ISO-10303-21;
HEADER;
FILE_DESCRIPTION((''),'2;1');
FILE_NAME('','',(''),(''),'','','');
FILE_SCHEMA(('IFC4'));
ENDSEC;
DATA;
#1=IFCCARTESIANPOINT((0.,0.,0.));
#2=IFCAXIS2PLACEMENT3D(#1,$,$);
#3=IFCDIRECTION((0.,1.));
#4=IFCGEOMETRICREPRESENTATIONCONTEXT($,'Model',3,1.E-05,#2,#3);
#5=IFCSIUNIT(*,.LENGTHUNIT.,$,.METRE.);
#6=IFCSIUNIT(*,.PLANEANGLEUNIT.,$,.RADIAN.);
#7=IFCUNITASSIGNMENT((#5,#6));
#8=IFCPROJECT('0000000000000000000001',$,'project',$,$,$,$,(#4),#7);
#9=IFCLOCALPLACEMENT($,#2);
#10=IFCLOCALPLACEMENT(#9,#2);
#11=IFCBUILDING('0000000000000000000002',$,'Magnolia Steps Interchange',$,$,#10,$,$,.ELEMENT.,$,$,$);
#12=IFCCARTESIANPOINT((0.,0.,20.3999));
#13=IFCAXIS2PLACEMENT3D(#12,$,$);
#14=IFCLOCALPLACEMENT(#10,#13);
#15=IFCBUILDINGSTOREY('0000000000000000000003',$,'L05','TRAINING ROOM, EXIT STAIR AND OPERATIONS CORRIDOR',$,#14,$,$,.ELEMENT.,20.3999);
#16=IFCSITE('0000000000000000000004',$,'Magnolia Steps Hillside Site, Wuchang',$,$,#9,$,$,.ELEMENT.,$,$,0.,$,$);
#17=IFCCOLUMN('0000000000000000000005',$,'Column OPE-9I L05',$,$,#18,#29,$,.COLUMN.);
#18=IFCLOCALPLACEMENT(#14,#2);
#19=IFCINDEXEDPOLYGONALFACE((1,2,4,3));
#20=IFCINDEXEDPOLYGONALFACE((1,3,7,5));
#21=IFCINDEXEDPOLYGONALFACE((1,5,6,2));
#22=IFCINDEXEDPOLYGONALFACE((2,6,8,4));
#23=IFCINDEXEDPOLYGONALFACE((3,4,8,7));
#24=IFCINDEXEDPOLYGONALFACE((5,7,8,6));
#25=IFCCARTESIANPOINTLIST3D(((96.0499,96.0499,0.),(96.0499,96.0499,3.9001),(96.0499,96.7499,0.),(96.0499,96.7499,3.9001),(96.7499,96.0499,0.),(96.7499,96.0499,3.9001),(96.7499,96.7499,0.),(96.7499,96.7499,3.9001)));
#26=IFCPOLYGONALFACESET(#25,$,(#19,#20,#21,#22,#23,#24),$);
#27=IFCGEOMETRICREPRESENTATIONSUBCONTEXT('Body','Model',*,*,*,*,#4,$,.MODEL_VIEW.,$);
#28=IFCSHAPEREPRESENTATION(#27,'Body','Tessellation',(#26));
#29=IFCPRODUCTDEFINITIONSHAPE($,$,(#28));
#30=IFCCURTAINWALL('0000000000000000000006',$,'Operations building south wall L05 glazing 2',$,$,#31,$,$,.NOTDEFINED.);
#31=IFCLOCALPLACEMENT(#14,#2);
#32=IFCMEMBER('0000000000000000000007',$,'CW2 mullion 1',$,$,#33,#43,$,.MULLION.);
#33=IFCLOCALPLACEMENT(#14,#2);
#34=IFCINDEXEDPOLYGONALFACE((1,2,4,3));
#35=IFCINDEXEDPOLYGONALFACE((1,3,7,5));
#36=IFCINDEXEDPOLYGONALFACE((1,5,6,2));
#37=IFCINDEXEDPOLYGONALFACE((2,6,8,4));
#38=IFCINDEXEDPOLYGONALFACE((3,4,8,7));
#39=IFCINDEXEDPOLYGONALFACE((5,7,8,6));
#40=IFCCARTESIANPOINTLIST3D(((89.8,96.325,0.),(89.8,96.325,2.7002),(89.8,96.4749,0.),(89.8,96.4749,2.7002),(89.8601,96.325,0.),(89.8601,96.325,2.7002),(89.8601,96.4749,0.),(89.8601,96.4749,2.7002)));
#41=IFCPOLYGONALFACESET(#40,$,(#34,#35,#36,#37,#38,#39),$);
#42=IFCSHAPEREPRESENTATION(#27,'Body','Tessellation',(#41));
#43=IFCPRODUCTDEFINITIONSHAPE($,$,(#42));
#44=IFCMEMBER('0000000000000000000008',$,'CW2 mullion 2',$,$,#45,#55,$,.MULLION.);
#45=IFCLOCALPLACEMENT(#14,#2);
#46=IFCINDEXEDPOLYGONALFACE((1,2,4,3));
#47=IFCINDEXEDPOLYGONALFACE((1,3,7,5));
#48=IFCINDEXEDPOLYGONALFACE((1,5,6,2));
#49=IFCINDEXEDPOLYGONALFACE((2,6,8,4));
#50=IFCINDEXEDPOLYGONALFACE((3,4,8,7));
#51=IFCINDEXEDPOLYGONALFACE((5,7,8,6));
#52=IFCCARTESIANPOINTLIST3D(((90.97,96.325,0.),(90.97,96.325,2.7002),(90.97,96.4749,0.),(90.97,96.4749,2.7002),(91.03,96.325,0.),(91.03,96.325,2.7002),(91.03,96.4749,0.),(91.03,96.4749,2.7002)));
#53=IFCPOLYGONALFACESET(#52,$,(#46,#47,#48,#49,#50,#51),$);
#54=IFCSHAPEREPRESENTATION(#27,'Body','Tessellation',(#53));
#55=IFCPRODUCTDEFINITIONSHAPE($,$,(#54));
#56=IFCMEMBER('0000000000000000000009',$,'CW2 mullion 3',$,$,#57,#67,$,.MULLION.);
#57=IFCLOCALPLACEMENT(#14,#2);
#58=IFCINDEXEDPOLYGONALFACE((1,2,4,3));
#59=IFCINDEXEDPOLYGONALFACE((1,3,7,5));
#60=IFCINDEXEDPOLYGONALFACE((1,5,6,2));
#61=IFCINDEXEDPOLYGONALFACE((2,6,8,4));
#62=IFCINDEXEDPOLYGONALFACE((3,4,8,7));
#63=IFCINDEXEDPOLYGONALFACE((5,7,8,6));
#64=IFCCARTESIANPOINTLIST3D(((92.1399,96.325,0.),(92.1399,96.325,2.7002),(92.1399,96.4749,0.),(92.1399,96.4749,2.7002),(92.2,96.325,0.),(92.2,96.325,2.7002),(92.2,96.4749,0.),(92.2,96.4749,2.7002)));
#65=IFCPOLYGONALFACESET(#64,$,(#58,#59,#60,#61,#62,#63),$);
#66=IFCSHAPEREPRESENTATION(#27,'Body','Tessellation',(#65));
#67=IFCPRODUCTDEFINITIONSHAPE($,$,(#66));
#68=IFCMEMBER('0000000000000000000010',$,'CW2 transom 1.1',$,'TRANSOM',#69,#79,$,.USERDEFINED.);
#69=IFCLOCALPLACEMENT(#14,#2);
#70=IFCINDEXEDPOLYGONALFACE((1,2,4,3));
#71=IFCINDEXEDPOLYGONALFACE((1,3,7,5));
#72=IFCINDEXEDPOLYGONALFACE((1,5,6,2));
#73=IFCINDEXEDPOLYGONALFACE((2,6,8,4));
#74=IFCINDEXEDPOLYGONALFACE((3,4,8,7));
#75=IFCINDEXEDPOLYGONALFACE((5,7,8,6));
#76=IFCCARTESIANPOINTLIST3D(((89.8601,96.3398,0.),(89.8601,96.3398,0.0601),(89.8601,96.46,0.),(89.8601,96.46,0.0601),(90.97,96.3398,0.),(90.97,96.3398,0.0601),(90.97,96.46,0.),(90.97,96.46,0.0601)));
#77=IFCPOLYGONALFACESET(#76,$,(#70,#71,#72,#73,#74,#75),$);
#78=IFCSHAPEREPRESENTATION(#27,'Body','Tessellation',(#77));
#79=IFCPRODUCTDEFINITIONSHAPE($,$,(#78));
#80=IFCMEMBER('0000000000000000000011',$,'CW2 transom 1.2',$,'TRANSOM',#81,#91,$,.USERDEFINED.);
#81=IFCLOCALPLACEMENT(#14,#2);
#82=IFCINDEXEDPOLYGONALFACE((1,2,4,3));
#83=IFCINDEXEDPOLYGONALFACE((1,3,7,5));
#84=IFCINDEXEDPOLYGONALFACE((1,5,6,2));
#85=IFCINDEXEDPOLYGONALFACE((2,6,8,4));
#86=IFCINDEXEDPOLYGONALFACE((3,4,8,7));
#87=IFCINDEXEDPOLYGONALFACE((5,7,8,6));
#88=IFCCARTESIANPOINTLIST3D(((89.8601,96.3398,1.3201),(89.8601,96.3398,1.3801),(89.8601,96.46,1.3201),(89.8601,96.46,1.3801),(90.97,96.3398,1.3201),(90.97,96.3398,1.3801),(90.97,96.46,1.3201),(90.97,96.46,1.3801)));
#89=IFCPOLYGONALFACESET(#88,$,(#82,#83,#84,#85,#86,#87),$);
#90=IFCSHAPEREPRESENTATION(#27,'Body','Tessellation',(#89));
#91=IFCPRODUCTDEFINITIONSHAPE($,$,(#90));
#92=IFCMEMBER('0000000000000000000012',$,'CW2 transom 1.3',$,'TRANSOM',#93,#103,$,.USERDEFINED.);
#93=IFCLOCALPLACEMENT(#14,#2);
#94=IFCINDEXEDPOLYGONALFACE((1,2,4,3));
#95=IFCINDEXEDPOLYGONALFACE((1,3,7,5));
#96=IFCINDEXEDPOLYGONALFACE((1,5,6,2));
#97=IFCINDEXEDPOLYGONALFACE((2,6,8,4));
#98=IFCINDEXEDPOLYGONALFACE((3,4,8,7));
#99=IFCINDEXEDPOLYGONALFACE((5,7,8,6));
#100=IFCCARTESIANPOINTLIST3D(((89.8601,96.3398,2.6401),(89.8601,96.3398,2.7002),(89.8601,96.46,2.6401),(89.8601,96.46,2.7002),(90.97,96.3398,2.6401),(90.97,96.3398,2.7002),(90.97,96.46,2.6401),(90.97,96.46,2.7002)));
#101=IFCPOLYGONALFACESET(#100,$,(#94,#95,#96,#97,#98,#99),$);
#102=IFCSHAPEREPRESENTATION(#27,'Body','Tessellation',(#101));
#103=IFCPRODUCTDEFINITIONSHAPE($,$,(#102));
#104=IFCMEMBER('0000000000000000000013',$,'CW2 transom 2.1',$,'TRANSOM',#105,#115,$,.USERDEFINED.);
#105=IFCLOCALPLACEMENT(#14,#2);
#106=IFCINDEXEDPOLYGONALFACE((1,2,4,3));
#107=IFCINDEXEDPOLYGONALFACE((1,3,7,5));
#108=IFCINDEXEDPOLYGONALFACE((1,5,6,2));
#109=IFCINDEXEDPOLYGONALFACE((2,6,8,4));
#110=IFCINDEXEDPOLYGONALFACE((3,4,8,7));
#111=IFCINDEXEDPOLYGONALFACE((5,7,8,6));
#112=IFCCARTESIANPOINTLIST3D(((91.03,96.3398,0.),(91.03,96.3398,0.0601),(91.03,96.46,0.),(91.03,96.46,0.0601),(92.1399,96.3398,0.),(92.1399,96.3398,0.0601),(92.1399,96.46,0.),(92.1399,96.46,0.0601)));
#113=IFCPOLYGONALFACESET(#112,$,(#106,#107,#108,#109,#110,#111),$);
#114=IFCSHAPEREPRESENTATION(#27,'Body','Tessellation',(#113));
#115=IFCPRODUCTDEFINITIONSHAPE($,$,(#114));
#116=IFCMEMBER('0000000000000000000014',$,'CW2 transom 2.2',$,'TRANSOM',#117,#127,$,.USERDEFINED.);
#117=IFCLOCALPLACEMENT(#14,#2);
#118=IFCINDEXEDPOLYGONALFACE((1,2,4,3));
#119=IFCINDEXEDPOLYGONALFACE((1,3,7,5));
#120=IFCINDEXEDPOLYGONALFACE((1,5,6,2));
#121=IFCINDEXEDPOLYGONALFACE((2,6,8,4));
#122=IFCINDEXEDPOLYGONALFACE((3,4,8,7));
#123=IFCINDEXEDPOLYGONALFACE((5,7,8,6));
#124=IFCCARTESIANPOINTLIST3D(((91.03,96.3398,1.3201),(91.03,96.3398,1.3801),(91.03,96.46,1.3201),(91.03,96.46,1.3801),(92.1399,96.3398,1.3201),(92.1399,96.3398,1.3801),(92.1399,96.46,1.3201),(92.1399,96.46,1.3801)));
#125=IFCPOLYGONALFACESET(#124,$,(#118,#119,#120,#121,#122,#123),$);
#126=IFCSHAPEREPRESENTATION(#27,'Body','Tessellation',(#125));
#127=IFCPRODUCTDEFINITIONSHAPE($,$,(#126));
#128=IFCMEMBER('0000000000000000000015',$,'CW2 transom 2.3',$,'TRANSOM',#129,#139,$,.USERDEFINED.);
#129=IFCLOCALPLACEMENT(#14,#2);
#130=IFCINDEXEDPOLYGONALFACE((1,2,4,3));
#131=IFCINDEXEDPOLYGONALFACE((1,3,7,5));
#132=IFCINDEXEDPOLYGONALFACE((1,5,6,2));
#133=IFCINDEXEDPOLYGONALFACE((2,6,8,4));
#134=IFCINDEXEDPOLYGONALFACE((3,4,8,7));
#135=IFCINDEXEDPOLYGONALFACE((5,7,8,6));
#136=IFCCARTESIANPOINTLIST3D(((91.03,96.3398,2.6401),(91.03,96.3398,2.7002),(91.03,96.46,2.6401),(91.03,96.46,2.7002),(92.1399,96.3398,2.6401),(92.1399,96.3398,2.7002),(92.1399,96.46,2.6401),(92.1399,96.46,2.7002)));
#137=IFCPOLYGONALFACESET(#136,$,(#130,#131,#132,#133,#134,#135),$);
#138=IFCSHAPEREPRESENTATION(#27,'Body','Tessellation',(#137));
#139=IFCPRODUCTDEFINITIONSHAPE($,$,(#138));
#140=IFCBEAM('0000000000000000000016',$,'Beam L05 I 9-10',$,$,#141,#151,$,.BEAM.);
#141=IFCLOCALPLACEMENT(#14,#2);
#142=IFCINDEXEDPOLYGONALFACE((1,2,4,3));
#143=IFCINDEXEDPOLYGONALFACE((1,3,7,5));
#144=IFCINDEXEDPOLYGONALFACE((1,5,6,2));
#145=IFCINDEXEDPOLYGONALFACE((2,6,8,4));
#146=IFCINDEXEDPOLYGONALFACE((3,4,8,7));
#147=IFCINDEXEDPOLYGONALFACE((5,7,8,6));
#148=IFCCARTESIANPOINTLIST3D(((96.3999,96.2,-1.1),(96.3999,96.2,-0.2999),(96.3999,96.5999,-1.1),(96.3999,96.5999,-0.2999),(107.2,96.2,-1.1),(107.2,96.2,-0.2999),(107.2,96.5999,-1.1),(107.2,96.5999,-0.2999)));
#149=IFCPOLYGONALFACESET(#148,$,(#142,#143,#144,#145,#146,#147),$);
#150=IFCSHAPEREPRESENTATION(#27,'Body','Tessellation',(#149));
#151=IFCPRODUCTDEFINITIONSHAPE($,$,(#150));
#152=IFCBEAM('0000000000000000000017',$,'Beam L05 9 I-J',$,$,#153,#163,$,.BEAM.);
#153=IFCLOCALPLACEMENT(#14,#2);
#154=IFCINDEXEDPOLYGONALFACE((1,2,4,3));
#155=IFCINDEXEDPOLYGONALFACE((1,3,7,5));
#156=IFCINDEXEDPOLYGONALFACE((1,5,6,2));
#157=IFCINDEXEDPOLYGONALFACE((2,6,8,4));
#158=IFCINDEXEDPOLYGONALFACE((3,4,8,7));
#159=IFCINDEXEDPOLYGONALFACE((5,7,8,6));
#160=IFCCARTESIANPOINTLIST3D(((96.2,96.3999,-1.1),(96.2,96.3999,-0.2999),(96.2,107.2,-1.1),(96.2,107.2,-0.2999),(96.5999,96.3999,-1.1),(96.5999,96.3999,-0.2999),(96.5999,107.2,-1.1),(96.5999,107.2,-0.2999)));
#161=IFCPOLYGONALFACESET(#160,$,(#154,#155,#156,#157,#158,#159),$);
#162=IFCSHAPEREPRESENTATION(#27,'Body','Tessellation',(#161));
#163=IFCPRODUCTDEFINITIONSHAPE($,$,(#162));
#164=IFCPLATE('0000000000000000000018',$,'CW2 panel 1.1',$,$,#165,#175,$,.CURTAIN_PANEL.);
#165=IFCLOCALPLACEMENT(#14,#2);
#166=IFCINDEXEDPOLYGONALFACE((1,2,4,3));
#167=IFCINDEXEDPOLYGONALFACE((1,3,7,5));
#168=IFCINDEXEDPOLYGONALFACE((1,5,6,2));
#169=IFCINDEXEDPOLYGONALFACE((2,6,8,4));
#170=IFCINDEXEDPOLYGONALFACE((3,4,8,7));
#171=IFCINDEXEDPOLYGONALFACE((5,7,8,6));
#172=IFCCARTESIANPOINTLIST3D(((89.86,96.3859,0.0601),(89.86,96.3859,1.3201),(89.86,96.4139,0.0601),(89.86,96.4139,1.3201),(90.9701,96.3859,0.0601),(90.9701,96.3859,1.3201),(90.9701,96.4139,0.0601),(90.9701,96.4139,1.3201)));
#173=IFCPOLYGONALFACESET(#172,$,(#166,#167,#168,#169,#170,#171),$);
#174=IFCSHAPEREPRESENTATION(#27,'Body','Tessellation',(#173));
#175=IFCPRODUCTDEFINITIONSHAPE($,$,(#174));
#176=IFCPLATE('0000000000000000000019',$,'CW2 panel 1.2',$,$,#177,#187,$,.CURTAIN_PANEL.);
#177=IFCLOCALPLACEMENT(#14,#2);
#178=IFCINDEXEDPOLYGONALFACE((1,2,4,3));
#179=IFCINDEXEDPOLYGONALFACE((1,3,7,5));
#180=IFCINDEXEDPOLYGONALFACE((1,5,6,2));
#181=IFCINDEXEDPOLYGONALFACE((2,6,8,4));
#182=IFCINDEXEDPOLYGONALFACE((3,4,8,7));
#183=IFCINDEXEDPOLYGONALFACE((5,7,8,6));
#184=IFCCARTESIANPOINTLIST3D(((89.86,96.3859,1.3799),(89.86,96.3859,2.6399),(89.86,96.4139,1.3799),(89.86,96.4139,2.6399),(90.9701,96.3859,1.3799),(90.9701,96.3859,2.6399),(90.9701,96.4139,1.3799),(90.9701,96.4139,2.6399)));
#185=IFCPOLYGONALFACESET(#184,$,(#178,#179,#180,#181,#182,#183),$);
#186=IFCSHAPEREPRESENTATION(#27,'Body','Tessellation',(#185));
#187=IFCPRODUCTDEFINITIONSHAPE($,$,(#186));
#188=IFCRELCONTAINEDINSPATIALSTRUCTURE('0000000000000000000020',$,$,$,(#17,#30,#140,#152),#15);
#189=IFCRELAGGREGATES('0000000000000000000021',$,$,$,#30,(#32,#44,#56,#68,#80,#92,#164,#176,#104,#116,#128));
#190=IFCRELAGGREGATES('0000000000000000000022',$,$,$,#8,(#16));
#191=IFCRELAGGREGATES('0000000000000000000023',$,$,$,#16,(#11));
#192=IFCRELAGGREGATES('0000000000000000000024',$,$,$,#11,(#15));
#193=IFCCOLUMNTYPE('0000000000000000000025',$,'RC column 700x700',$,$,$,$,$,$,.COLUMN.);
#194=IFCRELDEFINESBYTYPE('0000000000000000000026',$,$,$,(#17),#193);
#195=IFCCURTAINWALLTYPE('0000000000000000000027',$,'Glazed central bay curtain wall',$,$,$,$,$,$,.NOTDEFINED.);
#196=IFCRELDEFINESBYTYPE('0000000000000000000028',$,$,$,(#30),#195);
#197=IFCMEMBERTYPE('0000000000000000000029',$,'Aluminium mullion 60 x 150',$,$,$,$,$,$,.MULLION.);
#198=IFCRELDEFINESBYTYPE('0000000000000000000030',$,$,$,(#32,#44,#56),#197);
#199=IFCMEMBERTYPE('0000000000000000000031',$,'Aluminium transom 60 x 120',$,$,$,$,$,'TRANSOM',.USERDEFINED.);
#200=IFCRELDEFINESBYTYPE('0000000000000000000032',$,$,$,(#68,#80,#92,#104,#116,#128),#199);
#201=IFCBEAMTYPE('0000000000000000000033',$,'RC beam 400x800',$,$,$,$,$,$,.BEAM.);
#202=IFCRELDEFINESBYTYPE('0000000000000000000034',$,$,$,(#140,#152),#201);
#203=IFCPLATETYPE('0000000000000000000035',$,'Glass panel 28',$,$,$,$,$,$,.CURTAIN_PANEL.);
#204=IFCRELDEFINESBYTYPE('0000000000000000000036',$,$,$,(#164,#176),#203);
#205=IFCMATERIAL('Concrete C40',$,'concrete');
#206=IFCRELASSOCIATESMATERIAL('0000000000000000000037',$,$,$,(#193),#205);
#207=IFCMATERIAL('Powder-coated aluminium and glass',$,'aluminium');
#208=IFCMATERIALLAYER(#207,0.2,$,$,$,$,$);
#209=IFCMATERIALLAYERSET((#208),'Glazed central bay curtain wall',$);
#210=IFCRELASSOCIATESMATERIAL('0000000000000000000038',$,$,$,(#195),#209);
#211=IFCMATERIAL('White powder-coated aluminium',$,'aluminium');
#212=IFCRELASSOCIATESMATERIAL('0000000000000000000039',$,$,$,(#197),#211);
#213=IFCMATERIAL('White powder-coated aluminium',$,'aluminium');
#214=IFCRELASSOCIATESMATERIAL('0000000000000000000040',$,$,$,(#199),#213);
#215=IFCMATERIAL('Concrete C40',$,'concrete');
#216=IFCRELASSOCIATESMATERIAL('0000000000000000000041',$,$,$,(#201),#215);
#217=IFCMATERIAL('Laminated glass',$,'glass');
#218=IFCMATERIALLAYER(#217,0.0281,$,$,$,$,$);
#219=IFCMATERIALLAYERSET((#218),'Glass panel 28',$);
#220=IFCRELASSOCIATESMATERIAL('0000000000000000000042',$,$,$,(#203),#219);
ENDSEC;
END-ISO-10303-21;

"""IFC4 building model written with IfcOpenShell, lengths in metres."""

from ifc_helpers import new_model, si_unit, direction, frame, origin, origin_2d, place, context, subcontext, project, spatial, rectangle, extrude, material, layer, layer_set, material_profile, profile_set, type_object, element, aggregate, save


model = new_model("IFC4")

# Units and contexts
model_context = context("Model", 3, precision=1e-05, world=origin(), true_north=direction((0.0, 1.0)))
body_context = subcontext(model_context, "Body", "Model", "MODEL_VIEW")
ifc_project = project(units=[si_unit("LENGTHUNIT", "METRE"), si_unit("PLANEANGLEUNIT", "RADIAN")], contexts=[model_context])

# Site, building, storey
site_placement = place(None, origin())
site = spatial("IfcSite", under=ifc_project, at=site_placement, Name="Magnolia Steps Hillside Site, Wuchang", CompositionType="ELEMENT", RefElevation=0.0)
building_placement = place(site_placement, origin())
building = spatial("IfcBuilding", under=site, at=building_placement, Name="Magnolia Steps Interchange", CompositionType="ELEMENT")
storey_placement = place(building_placement, frame((0.0, 0.0, 20.3999)))
storey = spatial("IfcBuildingStorey", under=building, at=storey_placement, Name="L05", Description="TRAINING ROOM, EXIT STAIR AND OPERATIONS CORRIDOR", CompositionType="ELEMENT", Elevation=20.3999)

# Column
ifc_material_1 = material(Name="Concrete C40", Category="concrete")
ifc_material_profile_1 = material_profile(ifc_material_1, rectangle(XDim=0.7, YDim=0.7, at=origin_2d()), Name="RC700x700")
ifc_profile_set_1 = profile_set([ifc_material_profile_1], Name="Concrete C40")
column_type = type_object("IfcColumnType", Name="RC column 700x700", PredefinedType="COLUMN", material=ifc_profile_set_1)
column_placement = place(storey_placement, frame((96.3999, 96.3999, 0.0), z_axis=(0.0, 0.0, 1.0), x_axis=(1.0, 0.0, 0.0)))
element("IfcColumn", 1, at=column_placement, inside=storey, type_object=column_type, Name="Column OPE-9I L05", PredefinedType="COLUMN", context=body_context, shape_type="SweptSolid", body=[
    extrude(rectangle(XDim=0.7, YDim=0.7, at=origin_2d()), origin(), (0.0, 0.0, 1.0), 3.9001),
])

# Curtain wall, members
ifc_material_2 = material(Name="Powder-coated aluminium and glass", Category="aluminium")
ifc_layer_1 = layer(ifc_material_2, 0.2)
ifc_layer_set_1 = layer_set([ifc_layer_1], Name="Glazed central bay curtain wall")
curtain_wall_type = type_object("IfcCurtainWallType", Name="Glazed central bay curtain wall", PredefinedType="NOTDEFINED", material=ifc_layer_set_1)
curtain_wall_placement = place(storey_placement, origin())
curtain_wall = element("IfcCurtainWall", 2, at=curtain_wall_placement, inside=storey, type_object=curtain_wall_type, Name="Operations building south wall L05 glazing 2", PredefinedType="NOTDEFINED")
ifc_material_3 = material(Name="White powder-coated aluminium", Category="aluminium")
ifc_material_profile_2 = material_profile(ifc_material_3, rectangle(XDim=0.0601, YDim=0.1499, at=origin_2d()), Name="Aluminium mullion 60 x 150")
ifc_profile_set_2 = profile_set([ifc_material_profile_2], Name="White powder-coated aluminium")
member_type_1 = type_object("IfcMemberType", Name="Aluminium mullion 60 x 150", PredefinedType="MULLION", material=ifc_profile_set_2)
member_1_placement = place(storey_placement, frame((89.8301, 96.3999, 0.0), z_axis=(0.0, 0.0, 1.0), x_axis=(1.0, 0.0, 0.0)))
member_1 = element("IfcMember", 3, at=member_1_placement, type_object=member_type_1, Name="CW2 mullion 1", PredefinedType="MULLION", context=body_context, shape_type="SweptSolid", body=[
    extrude(rectangle(XDim=0.0601, YDim=0.1499, at=origin_2d()), origin(), (0.0, 0.0, 1.0), 2.7002),
])
member_2_placement = place(storey_placement, frame((91.0, 96.3999, 0.0), z_axis=(0.0, 0.0, 1.0), x_axis=(1.0, 0.0, 0.0)))
member_2 = element("IfcMember", 4, at=member_2_placement, type_object=member_type_1, Name="CW2 mullion 2", PredefinedType="MULLION", context=body_context, shape_type="SweptSolid", body=[
    extrude(rectangle(XDim=0.0601, YDim=0.1499, at=origin_2d()), origin(), (0.0, 0.0, 1.0), 2.7002),
])
member_3_placement = place(storey_placement, frame((92.1699, 96.3999, 0.0), z_axis=(0.0, 0.0, 1.0), x_axis=(1.0, 0.0, 0.0)))
member_3 = element("IfcMember", 5, at=member_3_placement, type_object=member_type_1, Name="CW2 mullion 3", PredefinedType="MULLION", context=body_context, shape_type="SweptSolid", body=[
    extrude(rectangle(XDim=0.0601, YDim=0.1499, at=origin_2d()), origin(), (0.0, 0.0, 1.0), 2.7002),
])
ifc_material_4 = material(Name="White powder-coated aluminium", Category="aluminium")
ifc_material_profile_3 = material_profile(ifc_material_4, rectangle(XDim=0.0601, YDim=0.1201, at=origin_2d()), Name="Aluminium transom 60 x 120")
ifc_profile_set_3 = profile_set([ifc_material_profile_3], Name="White powder-coated aluminium")
member_type_2 = type_object("IfcMemberType", Name="Aluminium transom 60 x 120", ElementType="TRANSOM", PredefinedType="USERDEFINED", material=ifc_profile_set_3)
member_4_placement = place(storey_placement, frame((89.8601, 96.3999, 0.03), z_axis=(1.0, 0.0, 0.0), x_axis=(0.0, 0.0, 1.0)))
member_4 = element("IfcMember", 6, at=member_4_placement, type_object=member_type_2, Name="CW2 transom 1.1", ObjectType="TRANSOM", PredefinedType="USERDEFINED", context=body_context, shape_type="SweptSolid", body=[
    extrude(rectangle(XDim=0.0601, YDim=0.1201, at=origin_2d()), origin(), (0.0, 0.0, 1.0), 1.1099),
])
member_5_placement = place(storey_placement, frame((89.8601, 96.3999, 1.3501), z_axis=(1.0, 0.0, 0.0), x_axis=(0.0, 0.0, 1.0)))
member_5 = element("IfcMember", 7, at=member_5_placement, type_object=member_type_2, Name="CW2 transom 1.2", ObjectType="TRANSOM", PredefinedType="USERDEFINED", context=body_context, shape_type="SweptSolid", body=[
    extrude(rectangle(XDim=0.0601, YDim=0.1201, at=origin_2d()), origin(), (0.0, 0.0, 1.0), 1.1099),
])
member_6_placement = place(storey_placement, frame((89.8601, 96.3999, 2.6702), z_axis=(1.0, 0.0, 0.0), x_axis=(0.0, 0.0, 1.0)))
member_6 = element("IfcMember", 8, at=member_6_placement, type_object=member_type_2, Name="CW2 transom 1.3", ObjectType="TRANSOM", PredefinedType="USERDEFINED", context=body_context, shape_type="SweptSolid", body=[
    extrude(rectangle(XDim=0.0601, YDim=0.1201, at=origin_2d()), origin(), (0.0, 0.0, 1.0), 1.1099),
])
member_7_placement = place(storey_placement, frame((91.03, 96.3999, 0.03), z_axis=(1.0, 0.0, 0.0), x_axis=(0.0, 0.0, 1.0)))
member_7 = element("IfcMember", 9, at=member_7_placement, type_object=member_type_2, Name="CW2 transom 2.1", ObjectType="TRANSOM", PredefinedType="USERDEFINED", context=body_context, shape_type="SweptSolid", body=[
    extrude(rectangle(XDim=0.0601, YDim=0.1201, at=origin_2d()), origin(), (0.0, 0.0, 1.0), 1.1099),
])
member_8_placement = place(storey_placement, frame((91.03, 96.3999, 1.3501), z_axis=(1.0, 0.0, 0.0), x_axis=(0.0, 0.0, 1.0)))
member_8 = element("IfcMember", 10, at=member_8_placement, type_object=member_type_2, Name="CW2 transom 2.2", ObjectType="TRANSOM", PredefinedType="USERDEFINED", context=body_context, shape_type="SweptSolid", body=[
    extrude(rectangle(XDim=0.0601, YDim=0.1201, at=origin_2d()), origin(), (0.0, 0.0, 1.0), 1.1099),
])
member_9_placement = place(storey_placement, frame((91.03, 96.3999, 2.6702), z_axis=(1.0, 0.0, 0.0), x_axis=(0.0, 0.0, 1.0)))
member_9 = element("IfcMember", 11, at=member_9_placement, type_object=member_type_2, Name="CW2 transom 2.3", ObjectType="TRANSOM", PredefinedType="USERDEFINED", context=body_context, shape_type="SweptSolid", body=[
    extrude(rectangle(XDim=0.0601, YDim=0.1201, at=origin_2d()), origin(), (0.0, 0.0, 1.0), 1.1099),
])

# Beams
ifc_material_5 = material(Name="Concrete C40", Category="concrete")
ifc_material_profile_4 = material_profile(ifc_material_5, rectangle(XDim=0.3999, YDim=0.8, at=origin_2d()), Name="RC400x800")
ifc_profile_set_4 = profile_set([ifc_material_profile_4], Name="Concrete C40")
beam_type = type_object("IfcBeamType", Name="RC beam 400x800", PredefinedType="BEAM", material=ifc_profile_set_4)
for number, where, z_axis, x_axis, name in (
    (12, (96.3999, 96.3999, -0.7), (1.0, 0.0, 0.0), (0.0, 1.0, 0.0), "Beam L05 I 9-10"),
    (13, (96.3999, 96.3999, -0.7), (0.0, 1.0, 0.0), (-1.0, 0.0, 0.0), "Beam L05 9 I-J"),
):
    element("IfcBeam", number, at=place(storey_placement, frame(where, z_axis=z_axis, x_axis=x_axis)), inside=storey, type_object=beam_type, Name=name, PredefinedType="BEAM", context=body_context, shape_type="SweptSolid", body=[
        extrude(rectangle(XDim=0.3999, YDim=0.8, at=origin_2d()), origin(), (0.0, 0.0, 1.0), 10.8),
    ])

# Plates
ifc_material_6 = material(Name="Laminated glass", Category="glass")
ifc_layer_2 = layer(ifc_material_6, 0.0281)
ifc_layer_set_2 = layer_set([ifc_layer_2], Name="Glass panel 28")
plate_type = type_object("IfcPlateType", Name="Glass panel 28", PredefinedType="CURTAIN_PANEL", material=ifc_layer_set_2)
plate_1_placement = place(storey_placement, frame((90.415, 96.3999, 0.0601), z_axis=(0.0, 0.0, 1.0), x_axis=(1.0, 0.0, 0.0)))
plate_1 = element("IfcPlate", 14, at=plate_1_placement, type_object=plate_type, Name="CW2 panel 1.1", PredefinedType="CURTAIN_PANEL", context=body_context, shape_type="SweptSolid", body=[
    extrude(rectangle(XDim=1.1101, YDim=0.0281, at=origin_2d()), origin(), (0.0, 0.0, 1.0), 1.26),
])
plate_2_placement = place(storey_placement, frame((90.415, 96.3999, 1.3799), z_axis=(0.0, 0.0, 1.0), x_axis=(1.0, 0.0, 0.0)))
plate_2 = element("IfcPlate", 15, at=plate_2_placement, type_object=plate_type, Name="CW2 panel 1.2", PredefinedType="CURTAIN_PANEL", context=body_context, shape_type="SweptSolid", body=[
    extrude(rectangle(XDim=1.1101, YDim=0.0281, at=origin_2d()), origin(), (0.0, 0.0, 1.0), 1.26),
])
aggregate(curtain_wall, [member_1, member_2, member_3, member_4, member_5, member_6, plate_1, plate_2, member_7, member_8, member_9])

save(model, "model.ifc")
